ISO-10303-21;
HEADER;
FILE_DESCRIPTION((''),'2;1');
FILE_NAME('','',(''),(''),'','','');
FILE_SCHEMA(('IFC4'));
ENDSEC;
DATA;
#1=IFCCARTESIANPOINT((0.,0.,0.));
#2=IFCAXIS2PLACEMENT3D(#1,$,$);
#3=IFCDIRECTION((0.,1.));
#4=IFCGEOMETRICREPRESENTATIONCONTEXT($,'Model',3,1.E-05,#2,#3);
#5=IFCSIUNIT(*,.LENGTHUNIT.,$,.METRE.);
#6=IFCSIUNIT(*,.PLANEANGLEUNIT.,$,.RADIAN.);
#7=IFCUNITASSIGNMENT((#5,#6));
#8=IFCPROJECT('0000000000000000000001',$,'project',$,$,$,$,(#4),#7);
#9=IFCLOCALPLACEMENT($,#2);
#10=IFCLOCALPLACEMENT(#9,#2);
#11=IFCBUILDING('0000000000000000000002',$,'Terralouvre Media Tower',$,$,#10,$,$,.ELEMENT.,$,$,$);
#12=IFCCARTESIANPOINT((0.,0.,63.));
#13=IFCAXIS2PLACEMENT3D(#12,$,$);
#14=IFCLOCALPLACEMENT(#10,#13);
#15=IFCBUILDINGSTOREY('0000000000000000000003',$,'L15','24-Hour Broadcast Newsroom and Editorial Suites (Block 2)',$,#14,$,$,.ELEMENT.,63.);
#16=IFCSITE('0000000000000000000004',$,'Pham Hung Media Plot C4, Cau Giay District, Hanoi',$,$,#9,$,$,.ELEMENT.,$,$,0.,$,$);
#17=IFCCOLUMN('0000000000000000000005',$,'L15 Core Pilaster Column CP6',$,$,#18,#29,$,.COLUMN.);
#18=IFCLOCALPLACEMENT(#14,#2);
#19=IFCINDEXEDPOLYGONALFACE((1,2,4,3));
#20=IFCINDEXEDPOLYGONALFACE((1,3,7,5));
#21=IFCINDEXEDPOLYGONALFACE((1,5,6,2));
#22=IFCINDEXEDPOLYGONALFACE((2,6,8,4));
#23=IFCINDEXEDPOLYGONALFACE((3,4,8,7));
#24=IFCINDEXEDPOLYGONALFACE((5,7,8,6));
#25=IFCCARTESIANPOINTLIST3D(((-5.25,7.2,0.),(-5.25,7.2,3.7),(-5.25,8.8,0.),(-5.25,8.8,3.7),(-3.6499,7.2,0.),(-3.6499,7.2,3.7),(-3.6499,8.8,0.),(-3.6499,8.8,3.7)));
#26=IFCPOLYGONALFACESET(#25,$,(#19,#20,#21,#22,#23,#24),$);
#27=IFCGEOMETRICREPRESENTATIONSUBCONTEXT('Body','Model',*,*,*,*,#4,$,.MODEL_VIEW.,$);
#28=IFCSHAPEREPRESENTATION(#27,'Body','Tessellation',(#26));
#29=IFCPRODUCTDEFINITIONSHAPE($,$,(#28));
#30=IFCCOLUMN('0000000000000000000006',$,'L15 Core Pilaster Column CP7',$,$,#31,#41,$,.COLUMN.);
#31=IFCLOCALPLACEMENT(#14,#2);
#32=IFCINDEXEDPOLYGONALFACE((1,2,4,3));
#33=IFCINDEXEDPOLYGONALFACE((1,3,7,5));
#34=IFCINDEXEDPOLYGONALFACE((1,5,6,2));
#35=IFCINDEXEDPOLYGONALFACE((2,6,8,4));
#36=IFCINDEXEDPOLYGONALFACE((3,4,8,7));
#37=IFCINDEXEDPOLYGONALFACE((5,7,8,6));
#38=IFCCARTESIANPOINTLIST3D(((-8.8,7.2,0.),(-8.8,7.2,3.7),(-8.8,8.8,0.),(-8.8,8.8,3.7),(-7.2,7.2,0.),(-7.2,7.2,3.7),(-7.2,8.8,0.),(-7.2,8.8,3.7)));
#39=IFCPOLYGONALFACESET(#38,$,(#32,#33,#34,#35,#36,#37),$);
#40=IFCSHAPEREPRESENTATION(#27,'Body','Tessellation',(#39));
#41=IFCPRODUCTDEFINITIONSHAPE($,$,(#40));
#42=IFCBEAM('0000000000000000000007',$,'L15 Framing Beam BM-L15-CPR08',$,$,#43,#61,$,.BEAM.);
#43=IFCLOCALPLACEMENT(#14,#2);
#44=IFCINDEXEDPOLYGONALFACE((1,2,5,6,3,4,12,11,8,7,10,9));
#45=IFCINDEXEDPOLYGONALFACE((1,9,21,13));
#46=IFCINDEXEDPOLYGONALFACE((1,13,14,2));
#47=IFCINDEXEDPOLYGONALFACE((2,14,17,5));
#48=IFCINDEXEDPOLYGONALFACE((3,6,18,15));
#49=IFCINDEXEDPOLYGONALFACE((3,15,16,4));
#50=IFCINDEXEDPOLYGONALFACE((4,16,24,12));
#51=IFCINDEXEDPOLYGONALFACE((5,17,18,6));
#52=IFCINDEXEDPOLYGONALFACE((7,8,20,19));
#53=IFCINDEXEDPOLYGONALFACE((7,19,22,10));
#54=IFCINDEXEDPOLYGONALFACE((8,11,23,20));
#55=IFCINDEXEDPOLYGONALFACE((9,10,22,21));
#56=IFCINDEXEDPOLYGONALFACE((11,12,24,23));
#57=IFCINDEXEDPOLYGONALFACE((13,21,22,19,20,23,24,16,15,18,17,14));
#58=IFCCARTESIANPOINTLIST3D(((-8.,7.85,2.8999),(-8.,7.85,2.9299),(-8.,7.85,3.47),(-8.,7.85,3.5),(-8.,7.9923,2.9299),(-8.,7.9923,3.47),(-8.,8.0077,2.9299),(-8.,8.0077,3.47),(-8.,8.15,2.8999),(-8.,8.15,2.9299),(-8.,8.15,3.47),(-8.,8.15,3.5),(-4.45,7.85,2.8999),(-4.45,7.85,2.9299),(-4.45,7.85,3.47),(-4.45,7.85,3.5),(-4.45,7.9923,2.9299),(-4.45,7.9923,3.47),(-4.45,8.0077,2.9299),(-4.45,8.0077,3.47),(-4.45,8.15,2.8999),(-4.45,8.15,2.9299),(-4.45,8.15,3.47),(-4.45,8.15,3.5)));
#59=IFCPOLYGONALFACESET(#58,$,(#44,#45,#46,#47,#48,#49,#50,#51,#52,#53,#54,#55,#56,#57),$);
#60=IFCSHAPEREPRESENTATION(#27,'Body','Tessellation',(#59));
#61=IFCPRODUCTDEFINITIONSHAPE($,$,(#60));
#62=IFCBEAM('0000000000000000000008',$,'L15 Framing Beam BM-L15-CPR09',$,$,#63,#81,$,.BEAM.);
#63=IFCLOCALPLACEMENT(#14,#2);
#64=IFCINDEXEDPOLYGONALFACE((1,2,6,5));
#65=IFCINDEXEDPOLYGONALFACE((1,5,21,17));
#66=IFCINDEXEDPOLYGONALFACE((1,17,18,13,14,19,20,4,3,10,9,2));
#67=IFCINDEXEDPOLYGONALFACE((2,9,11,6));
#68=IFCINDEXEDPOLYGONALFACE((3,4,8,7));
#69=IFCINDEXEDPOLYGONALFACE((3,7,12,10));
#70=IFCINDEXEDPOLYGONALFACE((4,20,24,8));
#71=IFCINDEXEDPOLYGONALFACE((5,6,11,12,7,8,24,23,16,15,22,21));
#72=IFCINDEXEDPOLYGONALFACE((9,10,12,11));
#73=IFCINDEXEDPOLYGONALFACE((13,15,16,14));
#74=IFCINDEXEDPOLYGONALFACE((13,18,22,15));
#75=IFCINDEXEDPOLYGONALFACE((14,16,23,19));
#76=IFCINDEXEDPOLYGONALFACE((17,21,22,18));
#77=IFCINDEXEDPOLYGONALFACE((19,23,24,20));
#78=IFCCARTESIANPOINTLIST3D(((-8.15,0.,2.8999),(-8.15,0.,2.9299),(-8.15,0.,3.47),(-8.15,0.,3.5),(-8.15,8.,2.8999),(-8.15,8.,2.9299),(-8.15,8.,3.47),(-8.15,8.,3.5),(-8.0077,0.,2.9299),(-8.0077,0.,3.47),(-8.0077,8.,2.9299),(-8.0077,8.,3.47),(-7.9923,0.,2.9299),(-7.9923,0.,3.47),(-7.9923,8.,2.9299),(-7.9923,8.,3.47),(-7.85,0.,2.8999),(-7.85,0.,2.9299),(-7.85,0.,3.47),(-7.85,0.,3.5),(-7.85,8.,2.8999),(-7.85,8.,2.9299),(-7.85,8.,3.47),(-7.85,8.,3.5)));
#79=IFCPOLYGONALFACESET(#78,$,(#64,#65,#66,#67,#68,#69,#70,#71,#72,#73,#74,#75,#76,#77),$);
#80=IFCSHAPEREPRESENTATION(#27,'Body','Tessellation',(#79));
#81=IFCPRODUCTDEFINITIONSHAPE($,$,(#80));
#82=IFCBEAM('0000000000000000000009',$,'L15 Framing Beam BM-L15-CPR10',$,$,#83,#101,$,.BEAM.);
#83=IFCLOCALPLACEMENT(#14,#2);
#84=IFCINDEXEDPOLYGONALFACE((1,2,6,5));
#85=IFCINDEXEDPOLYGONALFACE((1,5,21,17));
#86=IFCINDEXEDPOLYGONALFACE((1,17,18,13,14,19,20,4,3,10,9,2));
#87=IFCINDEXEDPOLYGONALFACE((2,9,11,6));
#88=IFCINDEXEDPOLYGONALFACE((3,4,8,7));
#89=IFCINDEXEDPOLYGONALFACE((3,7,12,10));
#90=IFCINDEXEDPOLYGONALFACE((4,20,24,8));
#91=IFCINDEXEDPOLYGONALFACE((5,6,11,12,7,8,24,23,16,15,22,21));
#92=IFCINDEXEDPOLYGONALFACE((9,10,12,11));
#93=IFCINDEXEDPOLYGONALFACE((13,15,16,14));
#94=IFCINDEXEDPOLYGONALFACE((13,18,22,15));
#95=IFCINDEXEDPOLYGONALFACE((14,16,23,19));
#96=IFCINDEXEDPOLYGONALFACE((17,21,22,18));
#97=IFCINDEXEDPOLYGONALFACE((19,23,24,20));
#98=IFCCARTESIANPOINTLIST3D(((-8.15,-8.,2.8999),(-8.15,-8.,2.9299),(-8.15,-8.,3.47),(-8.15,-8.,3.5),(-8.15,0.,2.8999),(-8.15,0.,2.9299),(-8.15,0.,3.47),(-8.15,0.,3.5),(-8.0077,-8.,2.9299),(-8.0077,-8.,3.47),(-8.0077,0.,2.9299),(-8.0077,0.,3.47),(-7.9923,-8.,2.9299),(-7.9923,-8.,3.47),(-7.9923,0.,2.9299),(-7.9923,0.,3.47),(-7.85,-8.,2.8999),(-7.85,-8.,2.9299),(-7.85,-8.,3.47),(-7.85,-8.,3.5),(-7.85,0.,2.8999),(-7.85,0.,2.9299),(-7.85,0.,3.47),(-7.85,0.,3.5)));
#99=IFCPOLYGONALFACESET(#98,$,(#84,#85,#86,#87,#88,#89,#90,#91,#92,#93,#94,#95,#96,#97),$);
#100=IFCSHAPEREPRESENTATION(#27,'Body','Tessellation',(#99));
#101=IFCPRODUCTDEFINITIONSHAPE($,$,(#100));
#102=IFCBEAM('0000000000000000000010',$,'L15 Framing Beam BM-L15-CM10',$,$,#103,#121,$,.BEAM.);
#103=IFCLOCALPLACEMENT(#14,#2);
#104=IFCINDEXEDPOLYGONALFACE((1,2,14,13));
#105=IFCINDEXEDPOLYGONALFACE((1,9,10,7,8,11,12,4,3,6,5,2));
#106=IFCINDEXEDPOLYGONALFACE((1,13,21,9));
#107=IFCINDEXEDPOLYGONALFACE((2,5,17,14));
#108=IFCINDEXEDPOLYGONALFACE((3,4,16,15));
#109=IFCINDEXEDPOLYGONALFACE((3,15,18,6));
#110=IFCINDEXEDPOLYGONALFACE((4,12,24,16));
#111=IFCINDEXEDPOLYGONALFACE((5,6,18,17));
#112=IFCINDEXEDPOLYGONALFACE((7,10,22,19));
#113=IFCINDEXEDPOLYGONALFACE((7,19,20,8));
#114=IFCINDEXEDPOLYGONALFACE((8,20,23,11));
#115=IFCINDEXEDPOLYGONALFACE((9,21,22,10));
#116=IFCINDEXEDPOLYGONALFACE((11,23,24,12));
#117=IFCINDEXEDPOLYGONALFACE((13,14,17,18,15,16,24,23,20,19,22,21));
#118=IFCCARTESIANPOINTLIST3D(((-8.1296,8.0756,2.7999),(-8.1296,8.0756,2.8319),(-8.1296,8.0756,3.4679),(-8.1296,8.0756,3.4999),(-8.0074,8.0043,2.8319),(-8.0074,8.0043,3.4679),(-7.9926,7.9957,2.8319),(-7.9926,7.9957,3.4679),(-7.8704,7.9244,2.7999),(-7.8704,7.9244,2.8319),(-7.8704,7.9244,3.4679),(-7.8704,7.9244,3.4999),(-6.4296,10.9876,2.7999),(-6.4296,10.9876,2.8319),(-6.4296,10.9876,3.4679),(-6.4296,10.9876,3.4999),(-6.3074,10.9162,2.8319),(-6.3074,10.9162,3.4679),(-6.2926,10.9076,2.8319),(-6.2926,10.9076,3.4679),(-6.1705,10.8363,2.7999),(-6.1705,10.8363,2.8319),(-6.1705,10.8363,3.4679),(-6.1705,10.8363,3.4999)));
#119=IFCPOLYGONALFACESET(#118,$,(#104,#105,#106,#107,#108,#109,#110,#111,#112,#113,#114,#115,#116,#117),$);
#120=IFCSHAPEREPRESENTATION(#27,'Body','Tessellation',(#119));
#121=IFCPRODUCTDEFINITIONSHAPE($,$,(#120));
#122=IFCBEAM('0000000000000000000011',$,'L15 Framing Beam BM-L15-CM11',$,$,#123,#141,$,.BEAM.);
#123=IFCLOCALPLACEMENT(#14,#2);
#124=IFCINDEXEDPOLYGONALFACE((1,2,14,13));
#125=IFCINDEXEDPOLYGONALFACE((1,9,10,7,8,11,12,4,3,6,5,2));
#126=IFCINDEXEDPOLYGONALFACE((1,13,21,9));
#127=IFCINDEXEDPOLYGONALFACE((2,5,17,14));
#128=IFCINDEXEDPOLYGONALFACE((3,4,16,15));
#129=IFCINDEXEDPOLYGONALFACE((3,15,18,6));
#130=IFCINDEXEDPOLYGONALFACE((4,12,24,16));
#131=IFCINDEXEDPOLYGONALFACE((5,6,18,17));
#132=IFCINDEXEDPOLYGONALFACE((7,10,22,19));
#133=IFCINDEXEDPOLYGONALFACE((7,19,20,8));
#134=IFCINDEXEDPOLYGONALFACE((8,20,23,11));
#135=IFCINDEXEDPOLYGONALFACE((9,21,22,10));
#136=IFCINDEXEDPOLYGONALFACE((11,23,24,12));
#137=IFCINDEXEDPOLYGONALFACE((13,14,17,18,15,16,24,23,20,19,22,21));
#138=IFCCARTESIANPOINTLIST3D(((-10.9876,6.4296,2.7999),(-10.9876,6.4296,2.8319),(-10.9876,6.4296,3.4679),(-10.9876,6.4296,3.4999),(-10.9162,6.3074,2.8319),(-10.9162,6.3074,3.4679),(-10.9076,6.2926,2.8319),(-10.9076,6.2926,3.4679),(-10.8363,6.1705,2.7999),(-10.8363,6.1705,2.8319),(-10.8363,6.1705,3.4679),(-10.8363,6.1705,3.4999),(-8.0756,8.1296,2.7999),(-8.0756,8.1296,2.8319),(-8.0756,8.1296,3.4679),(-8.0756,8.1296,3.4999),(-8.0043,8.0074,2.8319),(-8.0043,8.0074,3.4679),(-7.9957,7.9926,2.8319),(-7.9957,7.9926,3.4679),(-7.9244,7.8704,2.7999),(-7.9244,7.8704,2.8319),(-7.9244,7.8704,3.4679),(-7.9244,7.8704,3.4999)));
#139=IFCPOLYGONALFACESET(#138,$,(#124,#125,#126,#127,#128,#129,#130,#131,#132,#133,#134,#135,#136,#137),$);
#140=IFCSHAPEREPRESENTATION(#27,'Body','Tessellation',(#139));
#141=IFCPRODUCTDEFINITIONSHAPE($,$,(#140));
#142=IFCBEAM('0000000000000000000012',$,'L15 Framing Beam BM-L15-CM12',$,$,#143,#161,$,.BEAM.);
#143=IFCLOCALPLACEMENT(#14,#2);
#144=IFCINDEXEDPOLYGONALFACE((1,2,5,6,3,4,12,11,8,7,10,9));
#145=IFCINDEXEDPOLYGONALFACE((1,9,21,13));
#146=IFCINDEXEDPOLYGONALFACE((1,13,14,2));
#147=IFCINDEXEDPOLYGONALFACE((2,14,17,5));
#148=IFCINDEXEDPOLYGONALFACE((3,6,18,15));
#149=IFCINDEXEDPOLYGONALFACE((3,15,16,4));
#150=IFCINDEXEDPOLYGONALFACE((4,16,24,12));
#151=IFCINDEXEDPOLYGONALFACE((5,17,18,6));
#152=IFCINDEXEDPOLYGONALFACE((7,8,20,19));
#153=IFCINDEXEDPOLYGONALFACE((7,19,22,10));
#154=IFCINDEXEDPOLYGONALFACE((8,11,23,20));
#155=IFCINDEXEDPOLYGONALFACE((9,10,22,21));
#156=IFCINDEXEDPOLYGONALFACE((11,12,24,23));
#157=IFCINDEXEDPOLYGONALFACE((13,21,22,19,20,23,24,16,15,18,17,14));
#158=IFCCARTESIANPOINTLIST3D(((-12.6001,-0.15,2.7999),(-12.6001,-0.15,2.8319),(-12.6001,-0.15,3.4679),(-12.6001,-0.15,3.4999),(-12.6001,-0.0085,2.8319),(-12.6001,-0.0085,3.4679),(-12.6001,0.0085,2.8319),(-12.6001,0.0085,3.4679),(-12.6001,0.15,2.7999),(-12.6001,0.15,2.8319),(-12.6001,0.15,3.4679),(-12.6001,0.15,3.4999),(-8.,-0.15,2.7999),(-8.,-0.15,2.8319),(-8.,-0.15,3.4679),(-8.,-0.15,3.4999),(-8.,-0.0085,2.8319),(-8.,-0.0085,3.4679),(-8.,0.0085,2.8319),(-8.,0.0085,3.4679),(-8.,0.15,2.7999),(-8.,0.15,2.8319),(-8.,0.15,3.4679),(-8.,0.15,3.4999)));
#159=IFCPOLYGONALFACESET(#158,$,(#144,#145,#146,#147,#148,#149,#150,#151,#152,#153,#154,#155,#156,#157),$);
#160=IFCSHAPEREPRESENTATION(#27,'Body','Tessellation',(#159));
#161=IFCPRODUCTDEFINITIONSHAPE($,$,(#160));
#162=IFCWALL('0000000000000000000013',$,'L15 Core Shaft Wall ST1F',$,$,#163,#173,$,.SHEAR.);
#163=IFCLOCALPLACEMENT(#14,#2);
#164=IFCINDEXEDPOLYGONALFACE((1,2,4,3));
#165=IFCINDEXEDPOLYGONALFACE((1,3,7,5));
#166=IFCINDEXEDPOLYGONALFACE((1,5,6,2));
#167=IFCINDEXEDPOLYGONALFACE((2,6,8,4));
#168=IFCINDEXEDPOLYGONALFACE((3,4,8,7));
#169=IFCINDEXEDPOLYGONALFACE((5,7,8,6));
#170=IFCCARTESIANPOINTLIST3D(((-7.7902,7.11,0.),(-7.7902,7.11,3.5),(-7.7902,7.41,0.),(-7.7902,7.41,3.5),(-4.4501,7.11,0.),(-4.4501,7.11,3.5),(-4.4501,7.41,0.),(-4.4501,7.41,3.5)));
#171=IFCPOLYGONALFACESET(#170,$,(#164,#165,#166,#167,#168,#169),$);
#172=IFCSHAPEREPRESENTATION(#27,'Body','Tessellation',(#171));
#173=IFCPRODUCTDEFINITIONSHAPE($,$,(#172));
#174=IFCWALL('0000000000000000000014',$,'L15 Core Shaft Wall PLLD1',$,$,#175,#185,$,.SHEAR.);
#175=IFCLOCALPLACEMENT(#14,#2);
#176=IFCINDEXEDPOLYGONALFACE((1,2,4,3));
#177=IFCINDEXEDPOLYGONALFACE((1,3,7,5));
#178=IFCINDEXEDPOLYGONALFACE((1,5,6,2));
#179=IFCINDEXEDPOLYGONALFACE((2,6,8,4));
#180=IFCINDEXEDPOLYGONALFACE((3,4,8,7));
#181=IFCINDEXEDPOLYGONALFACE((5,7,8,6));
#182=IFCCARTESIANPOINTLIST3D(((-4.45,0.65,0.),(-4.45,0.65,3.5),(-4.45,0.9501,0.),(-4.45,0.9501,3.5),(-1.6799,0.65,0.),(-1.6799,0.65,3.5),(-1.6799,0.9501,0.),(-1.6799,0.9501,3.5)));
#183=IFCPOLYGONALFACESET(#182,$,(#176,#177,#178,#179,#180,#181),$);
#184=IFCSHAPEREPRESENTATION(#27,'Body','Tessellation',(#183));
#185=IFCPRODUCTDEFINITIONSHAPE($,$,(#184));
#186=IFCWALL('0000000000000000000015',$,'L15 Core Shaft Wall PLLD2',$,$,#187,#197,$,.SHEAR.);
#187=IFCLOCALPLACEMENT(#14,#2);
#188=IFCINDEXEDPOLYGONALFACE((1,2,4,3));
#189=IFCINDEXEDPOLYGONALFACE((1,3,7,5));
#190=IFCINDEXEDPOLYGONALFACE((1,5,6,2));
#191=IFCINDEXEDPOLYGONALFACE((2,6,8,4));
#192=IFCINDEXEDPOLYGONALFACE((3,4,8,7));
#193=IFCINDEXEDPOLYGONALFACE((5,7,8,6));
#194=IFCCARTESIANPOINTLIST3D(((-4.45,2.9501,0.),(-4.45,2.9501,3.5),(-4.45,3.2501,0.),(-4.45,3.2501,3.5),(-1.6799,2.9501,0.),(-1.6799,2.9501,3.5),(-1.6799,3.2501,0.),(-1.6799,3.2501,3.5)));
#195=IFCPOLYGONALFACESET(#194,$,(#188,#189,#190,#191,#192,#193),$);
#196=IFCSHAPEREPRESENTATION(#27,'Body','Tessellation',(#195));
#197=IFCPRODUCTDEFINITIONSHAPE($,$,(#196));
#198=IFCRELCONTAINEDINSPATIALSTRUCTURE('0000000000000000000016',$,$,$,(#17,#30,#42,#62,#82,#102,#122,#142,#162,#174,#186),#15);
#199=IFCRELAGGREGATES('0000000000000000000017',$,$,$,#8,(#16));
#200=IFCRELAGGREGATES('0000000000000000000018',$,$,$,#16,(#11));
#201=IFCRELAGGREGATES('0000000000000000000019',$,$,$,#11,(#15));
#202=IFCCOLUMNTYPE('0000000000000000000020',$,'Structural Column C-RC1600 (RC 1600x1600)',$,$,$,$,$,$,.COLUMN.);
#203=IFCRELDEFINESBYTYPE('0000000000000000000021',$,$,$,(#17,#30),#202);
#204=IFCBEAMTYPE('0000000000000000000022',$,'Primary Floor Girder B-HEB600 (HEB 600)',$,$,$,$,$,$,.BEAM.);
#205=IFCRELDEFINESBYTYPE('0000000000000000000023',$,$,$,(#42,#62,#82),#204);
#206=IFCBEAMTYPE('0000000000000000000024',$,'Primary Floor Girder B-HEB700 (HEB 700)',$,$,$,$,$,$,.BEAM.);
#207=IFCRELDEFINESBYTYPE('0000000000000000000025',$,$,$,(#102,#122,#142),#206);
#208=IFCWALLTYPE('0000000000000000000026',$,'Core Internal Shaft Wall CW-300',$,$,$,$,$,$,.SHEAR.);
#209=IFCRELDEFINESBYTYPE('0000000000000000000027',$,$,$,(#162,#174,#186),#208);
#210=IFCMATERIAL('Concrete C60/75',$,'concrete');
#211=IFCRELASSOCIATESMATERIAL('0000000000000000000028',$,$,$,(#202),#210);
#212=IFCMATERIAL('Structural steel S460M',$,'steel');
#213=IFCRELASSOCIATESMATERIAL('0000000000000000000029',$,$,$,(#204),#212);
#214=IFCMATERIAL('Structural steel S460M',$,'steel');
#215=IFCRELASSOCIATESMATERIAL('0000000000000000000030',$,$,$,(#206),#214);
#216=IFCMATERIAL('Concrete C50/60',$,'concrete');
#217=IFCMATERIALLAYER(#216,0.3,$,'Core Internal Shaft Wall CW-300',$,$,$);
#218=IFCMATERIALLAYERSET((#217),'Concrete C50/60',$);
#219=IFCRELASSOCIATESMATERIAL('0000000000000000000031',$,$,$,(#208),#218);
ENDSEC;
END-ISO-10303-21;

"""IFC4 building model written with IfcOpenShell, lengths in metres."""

from ifc_helpers import new_model, si_unit, direction, frame, frame_2d, origin, origin_2d, place, context, subcontext, project, spatial, rectangle, i_section, extrude, material, layer, layer_set, material_profile, profile_set, type_object, element, save


model = new_model("IFC4")

# Units and contexts
model_context = context("Model", 3, precision=1e-05, world=origin(), true_north=direction((0.0, 1.0)))
body_context = subcontext(model_context, "Body", "Model", "MODEL_VIEW")
ifc_project = project(units=[si_unit("LENGTHUNIT", "METRE"), si_unit("PLANEANGLEUNIT", "RADIAN")], contexts=[model_context])

# Site, building, storey
site_placement = place(None, origin())
site = spatial("IfcSite", under=ifc_project, at=site_placement, Name="Pham Hung Media Plot C4, Cau Giay District, Hanoi", CompositionType="ELEMENT", RefElevation=0.0)
building_placement = place(site_placement, origin())
building = spatial("IfcBuilding", under=site, at=building_placement, Name="Terralouvre Media Tower", CompositionType="ELEMENT")
storey_placement = place(building_placement, frame((0.0, 0.0, 63.0)))
storey = spatial("IfcBuildingStorey", under=building, at=storey_placement, Name="L15", Description="24-Hour Broadcast Newsroom and Editorial Suites (Block 2)", CompositionType="ELEMENT", Elevation=63.0)

# Columns
ifc_material_1 = material(Name="Concrete C60/75", Category="concrete")
ifc_material_profile_1 = material_profile(ifc_material_1, rectangle(XDim=1.6001, YDim=1.6001, at=origin_2d()), Name="RC 1600x1600")
ifc_profile_set_1 = profile_set([ifc_material_profile_1], Name="Concrete C60/75")
column_type = type_object("IfcColumnType", Name="Structural Column C-RC1600 (RC 1600x1600)", PredefinedType="COLUMN", material=ifc_profile_set_1)
for number, where, z_axis, x_axis, name in (
    (1, (-4.45, 8.0, 0.0), (0.0, 0.0, 1.0), (1.0, 0.0, 0.0), "L15 Core Pilaster Column CP6"),
    (2, (-8.0, 8.0, 0.0), (0.0, 0.0, 1.0), (1.0, 0.0, 0.0), "L15 Core Pilaster Column CP7"),
):
    element("IfcColumn", number, at=place(storey_placement, frame(where, z_axis=z_axis, x_axis=x_axis)), inside=storey, type_object=column_type, Name=name, PredefinedType="COLUMN", context=body_context, shape_type="SweptSolid", body=[
        extrude(rectangle(XDim=1.6001, YDim=1.6001, at=origin_2d()), origin(), (0.0, 0.0, 1.0), 3.7),
    ])

# Beams
ifc_material_2 = material(Name="Structural steel S460M", Category="steel")
ifc_material_profile_2 = material_profile(ifc_material_2, i_section(OverallWidth=0.3, OverallDepth=0.6001, WebThickness=0.0154, FlangeThickness=0.03, at=origin_2d()), Name="HEB 600")
ifc_profile_set_2 = profile_set([ifc_material_profile_2], Name="Structural steel S460M")
beam_type_1 = type_object("IfcBeamType", Name="Primary Floor Girder B-HEB600 (HEB 600)", PredefinedType="BEAM", material=ifc_profile_set_2)
beam_1_placement = place(storey_placement, frame((-4.45, 8.0, 3.2), z_axis=(-1.0, 0.0, 0.0), x_axis=(0.0, -1.0, 0.0)))
element("IfcBeam", 3, at=beam_1_placement, inside=storey, type_object=beam_type_1, Name="L15 Framing Beam BM-L15-CPR08", PredefinedType="BEAM", context=body_context, shape_type="SweptSolid", body=[
    extrude(i_section(OverallWidth=0.3, OverallDepth=0.6001, WebThickness=0.0154, FlangeThickness=0.03, at=origin_2d()), origin(), (0.0, 0.0, 1.0), 3.55),
])
for number, where, z_axis, x_axis, name in (
    (4, (-8.0, 8.0, 3.2), (0.0, -1.0, 0.0), (1.0, 0.0, 0.0), "L15 Framing Beam BM-L15-CPR09"),
    (5, (-8.0, 0.0, 3.2), (0.0, -1.0, 0.0), (1.0, 0.0, 0.0), "L15 Framing Beam BM-L15-CPR10"),
):
    element("IfcBeam", number, at=place(storey_placement, frame(where, z_axis=z_axis, x_axis=x_axis)), inside=storey, type_object=beam_type_1, Name=name, PredefinedType="BEAM", context=body_context, shape_type="SweptSolid", body=[
        extrude(i_section(OverallWidth=0.3, OverallDepth=0.6001, WebThickness=0.0154, FlangeThickness=0.03, at=origin_2d()), origin(), (0.0, 0.0, 1.0), 8.0),
    ])
ifc_material_3 = material(Name="Structural steel S460M", Category="steel")
ifc_material_profile_3 = material_profile(ifc_material_3, i_section(OverallWidth=0.3, OverallDepth=0.7, WebThickness=0.0171, FlangeThickness=0.032, at=origin_2d()), Name="HEB 700")
ifc_profile_set_3 = profile_set([ifc_material_profile_3], Name="Structural steel S460M")
beam_type_2 = type_object("IfcBeamType", Name="Primary Floor Girder B-HEB700 (HEB 700)", PredefinedType="BEAM", material=ifc_profile_set_3)
for number, where, z_axis, x_axis, name in (
    (6, (-8.0, 8.0, 3.1499), (0.504173, 0.863603, 0.0), (-0.863603, 0.504173, 0.0), "L15 Framing Beam BM-L15-CM10"),
    (7, (-8.0, 8.0, 3.1499), (-0.863603, -0.504173, 0.0), (0.504173, -0.863603, 0.0), "L15 Framing Beam BM-L15-CM11"),
):
    element("IfcBeam", number, at=place(storey_placement, frame(where, z_axis=z_axis, x_axis=x_axis)), inside=storey, type_object=beam_type_2, Name=name, PredefinedType="BEAM", context=body_context, shape_type="SweptSolid", body=[
        extrude(i_section(OverallWidth=0.3, OverallDepth=0.7, WebThickness=0.0171, FlangeThickness=0.032, at=origin_2d()), origin(), (0.0, 0.0, 1.0), 3.3718),
    ])
beam_2_placement = place(storey_placement, frame((-8.0, 0.0, 3.1499), z_axis=(-1.0, 0.0, 0.0), x_axis=(0.0, -1.0, 0.0)))
element("IfcBeam", 8, at=beam_2_placement, inside=storey, type_object=beam_type_2, Name="L15 Framing Beam BM-L15-CM12", PredefinedType="BEAM", context=body_context, shape_type="SweptSolid", body=[
    extrude(i_section(OverallWidth=0.3, OverallDepth=0.7, WebThickness=0.0171, FlangeThickness=0.032, at=origin_2d()), origin(), (0.0, 0.0, 1.0), 4.6001),
])

# Shared definitions
ifc_material_4 = material(Name="Concrete C50/60", Category="concrete")
ifc_layer_1 = layer(ifc_material_4, 0.3, Name="Core Internal Shaft Wall CW-300")
ifc_layer_set_1 = layer_set([ifc_layer_1], Name="Concrete C50/60")
wall_type_1 = type_object("IfcWallType", Name="Core Internal Shaft Wall CW-300", PredefinedType="SHEAR", material=ifc_layer_set_1)

# Walls
wall_1_placement = place(storey_placement, frame((-7.79, 7.26, 0.0), z_axis=(0.0, 0.0, 1.0), x_axis=(1.0, 0.0, 0.0)))
element("IfcWall", 9, at=wall_1_placement, inside=storey, type_object=wall_type_1, Name="L15 Core Shaft Wall ST1F", PredefinedType="SHEAR", context=body_context, shape_type="SweptSolid", body=[
    extrude(rectangle(XDim=3.3401, YDim=0.3, at=frame_2d((1.6699, 0.0))), origin(), (0.0, 0.0, 1.0), 3.5),
])
for number, where, z_axis, x_axis, name in (
    (10, (-4.45, 0.8, 0.0), (0.0, 0.0, 1.0), (1.0, 0.0, 0.0), "L15 Core Shaft Wall PLLD1"),
    (11, (-4.45, 3.1001, 0.0), (0.0, 0.0, 1.0), (1.0, 0.0, 0.0), "L15 Core Shaft Wall PLLD2"),
):
    element("IfcWall", number, at=place(storey_placement, frame(where, z_axis=z_axis, x_axis=x_axis)), inside=storey, type_object=wall_type_1, Name=name, PredefinedType="SHEAR", context=body_context, shape_type="SweptSolid", body=[
        extrude(rectangle(XDim=2.77, YDim=0.3, at=frame_2d((1.385, 0.0))), origin(), (0.0, 0.0, 1.0), 3.5),
    ])

save(model, "model.ifc")
